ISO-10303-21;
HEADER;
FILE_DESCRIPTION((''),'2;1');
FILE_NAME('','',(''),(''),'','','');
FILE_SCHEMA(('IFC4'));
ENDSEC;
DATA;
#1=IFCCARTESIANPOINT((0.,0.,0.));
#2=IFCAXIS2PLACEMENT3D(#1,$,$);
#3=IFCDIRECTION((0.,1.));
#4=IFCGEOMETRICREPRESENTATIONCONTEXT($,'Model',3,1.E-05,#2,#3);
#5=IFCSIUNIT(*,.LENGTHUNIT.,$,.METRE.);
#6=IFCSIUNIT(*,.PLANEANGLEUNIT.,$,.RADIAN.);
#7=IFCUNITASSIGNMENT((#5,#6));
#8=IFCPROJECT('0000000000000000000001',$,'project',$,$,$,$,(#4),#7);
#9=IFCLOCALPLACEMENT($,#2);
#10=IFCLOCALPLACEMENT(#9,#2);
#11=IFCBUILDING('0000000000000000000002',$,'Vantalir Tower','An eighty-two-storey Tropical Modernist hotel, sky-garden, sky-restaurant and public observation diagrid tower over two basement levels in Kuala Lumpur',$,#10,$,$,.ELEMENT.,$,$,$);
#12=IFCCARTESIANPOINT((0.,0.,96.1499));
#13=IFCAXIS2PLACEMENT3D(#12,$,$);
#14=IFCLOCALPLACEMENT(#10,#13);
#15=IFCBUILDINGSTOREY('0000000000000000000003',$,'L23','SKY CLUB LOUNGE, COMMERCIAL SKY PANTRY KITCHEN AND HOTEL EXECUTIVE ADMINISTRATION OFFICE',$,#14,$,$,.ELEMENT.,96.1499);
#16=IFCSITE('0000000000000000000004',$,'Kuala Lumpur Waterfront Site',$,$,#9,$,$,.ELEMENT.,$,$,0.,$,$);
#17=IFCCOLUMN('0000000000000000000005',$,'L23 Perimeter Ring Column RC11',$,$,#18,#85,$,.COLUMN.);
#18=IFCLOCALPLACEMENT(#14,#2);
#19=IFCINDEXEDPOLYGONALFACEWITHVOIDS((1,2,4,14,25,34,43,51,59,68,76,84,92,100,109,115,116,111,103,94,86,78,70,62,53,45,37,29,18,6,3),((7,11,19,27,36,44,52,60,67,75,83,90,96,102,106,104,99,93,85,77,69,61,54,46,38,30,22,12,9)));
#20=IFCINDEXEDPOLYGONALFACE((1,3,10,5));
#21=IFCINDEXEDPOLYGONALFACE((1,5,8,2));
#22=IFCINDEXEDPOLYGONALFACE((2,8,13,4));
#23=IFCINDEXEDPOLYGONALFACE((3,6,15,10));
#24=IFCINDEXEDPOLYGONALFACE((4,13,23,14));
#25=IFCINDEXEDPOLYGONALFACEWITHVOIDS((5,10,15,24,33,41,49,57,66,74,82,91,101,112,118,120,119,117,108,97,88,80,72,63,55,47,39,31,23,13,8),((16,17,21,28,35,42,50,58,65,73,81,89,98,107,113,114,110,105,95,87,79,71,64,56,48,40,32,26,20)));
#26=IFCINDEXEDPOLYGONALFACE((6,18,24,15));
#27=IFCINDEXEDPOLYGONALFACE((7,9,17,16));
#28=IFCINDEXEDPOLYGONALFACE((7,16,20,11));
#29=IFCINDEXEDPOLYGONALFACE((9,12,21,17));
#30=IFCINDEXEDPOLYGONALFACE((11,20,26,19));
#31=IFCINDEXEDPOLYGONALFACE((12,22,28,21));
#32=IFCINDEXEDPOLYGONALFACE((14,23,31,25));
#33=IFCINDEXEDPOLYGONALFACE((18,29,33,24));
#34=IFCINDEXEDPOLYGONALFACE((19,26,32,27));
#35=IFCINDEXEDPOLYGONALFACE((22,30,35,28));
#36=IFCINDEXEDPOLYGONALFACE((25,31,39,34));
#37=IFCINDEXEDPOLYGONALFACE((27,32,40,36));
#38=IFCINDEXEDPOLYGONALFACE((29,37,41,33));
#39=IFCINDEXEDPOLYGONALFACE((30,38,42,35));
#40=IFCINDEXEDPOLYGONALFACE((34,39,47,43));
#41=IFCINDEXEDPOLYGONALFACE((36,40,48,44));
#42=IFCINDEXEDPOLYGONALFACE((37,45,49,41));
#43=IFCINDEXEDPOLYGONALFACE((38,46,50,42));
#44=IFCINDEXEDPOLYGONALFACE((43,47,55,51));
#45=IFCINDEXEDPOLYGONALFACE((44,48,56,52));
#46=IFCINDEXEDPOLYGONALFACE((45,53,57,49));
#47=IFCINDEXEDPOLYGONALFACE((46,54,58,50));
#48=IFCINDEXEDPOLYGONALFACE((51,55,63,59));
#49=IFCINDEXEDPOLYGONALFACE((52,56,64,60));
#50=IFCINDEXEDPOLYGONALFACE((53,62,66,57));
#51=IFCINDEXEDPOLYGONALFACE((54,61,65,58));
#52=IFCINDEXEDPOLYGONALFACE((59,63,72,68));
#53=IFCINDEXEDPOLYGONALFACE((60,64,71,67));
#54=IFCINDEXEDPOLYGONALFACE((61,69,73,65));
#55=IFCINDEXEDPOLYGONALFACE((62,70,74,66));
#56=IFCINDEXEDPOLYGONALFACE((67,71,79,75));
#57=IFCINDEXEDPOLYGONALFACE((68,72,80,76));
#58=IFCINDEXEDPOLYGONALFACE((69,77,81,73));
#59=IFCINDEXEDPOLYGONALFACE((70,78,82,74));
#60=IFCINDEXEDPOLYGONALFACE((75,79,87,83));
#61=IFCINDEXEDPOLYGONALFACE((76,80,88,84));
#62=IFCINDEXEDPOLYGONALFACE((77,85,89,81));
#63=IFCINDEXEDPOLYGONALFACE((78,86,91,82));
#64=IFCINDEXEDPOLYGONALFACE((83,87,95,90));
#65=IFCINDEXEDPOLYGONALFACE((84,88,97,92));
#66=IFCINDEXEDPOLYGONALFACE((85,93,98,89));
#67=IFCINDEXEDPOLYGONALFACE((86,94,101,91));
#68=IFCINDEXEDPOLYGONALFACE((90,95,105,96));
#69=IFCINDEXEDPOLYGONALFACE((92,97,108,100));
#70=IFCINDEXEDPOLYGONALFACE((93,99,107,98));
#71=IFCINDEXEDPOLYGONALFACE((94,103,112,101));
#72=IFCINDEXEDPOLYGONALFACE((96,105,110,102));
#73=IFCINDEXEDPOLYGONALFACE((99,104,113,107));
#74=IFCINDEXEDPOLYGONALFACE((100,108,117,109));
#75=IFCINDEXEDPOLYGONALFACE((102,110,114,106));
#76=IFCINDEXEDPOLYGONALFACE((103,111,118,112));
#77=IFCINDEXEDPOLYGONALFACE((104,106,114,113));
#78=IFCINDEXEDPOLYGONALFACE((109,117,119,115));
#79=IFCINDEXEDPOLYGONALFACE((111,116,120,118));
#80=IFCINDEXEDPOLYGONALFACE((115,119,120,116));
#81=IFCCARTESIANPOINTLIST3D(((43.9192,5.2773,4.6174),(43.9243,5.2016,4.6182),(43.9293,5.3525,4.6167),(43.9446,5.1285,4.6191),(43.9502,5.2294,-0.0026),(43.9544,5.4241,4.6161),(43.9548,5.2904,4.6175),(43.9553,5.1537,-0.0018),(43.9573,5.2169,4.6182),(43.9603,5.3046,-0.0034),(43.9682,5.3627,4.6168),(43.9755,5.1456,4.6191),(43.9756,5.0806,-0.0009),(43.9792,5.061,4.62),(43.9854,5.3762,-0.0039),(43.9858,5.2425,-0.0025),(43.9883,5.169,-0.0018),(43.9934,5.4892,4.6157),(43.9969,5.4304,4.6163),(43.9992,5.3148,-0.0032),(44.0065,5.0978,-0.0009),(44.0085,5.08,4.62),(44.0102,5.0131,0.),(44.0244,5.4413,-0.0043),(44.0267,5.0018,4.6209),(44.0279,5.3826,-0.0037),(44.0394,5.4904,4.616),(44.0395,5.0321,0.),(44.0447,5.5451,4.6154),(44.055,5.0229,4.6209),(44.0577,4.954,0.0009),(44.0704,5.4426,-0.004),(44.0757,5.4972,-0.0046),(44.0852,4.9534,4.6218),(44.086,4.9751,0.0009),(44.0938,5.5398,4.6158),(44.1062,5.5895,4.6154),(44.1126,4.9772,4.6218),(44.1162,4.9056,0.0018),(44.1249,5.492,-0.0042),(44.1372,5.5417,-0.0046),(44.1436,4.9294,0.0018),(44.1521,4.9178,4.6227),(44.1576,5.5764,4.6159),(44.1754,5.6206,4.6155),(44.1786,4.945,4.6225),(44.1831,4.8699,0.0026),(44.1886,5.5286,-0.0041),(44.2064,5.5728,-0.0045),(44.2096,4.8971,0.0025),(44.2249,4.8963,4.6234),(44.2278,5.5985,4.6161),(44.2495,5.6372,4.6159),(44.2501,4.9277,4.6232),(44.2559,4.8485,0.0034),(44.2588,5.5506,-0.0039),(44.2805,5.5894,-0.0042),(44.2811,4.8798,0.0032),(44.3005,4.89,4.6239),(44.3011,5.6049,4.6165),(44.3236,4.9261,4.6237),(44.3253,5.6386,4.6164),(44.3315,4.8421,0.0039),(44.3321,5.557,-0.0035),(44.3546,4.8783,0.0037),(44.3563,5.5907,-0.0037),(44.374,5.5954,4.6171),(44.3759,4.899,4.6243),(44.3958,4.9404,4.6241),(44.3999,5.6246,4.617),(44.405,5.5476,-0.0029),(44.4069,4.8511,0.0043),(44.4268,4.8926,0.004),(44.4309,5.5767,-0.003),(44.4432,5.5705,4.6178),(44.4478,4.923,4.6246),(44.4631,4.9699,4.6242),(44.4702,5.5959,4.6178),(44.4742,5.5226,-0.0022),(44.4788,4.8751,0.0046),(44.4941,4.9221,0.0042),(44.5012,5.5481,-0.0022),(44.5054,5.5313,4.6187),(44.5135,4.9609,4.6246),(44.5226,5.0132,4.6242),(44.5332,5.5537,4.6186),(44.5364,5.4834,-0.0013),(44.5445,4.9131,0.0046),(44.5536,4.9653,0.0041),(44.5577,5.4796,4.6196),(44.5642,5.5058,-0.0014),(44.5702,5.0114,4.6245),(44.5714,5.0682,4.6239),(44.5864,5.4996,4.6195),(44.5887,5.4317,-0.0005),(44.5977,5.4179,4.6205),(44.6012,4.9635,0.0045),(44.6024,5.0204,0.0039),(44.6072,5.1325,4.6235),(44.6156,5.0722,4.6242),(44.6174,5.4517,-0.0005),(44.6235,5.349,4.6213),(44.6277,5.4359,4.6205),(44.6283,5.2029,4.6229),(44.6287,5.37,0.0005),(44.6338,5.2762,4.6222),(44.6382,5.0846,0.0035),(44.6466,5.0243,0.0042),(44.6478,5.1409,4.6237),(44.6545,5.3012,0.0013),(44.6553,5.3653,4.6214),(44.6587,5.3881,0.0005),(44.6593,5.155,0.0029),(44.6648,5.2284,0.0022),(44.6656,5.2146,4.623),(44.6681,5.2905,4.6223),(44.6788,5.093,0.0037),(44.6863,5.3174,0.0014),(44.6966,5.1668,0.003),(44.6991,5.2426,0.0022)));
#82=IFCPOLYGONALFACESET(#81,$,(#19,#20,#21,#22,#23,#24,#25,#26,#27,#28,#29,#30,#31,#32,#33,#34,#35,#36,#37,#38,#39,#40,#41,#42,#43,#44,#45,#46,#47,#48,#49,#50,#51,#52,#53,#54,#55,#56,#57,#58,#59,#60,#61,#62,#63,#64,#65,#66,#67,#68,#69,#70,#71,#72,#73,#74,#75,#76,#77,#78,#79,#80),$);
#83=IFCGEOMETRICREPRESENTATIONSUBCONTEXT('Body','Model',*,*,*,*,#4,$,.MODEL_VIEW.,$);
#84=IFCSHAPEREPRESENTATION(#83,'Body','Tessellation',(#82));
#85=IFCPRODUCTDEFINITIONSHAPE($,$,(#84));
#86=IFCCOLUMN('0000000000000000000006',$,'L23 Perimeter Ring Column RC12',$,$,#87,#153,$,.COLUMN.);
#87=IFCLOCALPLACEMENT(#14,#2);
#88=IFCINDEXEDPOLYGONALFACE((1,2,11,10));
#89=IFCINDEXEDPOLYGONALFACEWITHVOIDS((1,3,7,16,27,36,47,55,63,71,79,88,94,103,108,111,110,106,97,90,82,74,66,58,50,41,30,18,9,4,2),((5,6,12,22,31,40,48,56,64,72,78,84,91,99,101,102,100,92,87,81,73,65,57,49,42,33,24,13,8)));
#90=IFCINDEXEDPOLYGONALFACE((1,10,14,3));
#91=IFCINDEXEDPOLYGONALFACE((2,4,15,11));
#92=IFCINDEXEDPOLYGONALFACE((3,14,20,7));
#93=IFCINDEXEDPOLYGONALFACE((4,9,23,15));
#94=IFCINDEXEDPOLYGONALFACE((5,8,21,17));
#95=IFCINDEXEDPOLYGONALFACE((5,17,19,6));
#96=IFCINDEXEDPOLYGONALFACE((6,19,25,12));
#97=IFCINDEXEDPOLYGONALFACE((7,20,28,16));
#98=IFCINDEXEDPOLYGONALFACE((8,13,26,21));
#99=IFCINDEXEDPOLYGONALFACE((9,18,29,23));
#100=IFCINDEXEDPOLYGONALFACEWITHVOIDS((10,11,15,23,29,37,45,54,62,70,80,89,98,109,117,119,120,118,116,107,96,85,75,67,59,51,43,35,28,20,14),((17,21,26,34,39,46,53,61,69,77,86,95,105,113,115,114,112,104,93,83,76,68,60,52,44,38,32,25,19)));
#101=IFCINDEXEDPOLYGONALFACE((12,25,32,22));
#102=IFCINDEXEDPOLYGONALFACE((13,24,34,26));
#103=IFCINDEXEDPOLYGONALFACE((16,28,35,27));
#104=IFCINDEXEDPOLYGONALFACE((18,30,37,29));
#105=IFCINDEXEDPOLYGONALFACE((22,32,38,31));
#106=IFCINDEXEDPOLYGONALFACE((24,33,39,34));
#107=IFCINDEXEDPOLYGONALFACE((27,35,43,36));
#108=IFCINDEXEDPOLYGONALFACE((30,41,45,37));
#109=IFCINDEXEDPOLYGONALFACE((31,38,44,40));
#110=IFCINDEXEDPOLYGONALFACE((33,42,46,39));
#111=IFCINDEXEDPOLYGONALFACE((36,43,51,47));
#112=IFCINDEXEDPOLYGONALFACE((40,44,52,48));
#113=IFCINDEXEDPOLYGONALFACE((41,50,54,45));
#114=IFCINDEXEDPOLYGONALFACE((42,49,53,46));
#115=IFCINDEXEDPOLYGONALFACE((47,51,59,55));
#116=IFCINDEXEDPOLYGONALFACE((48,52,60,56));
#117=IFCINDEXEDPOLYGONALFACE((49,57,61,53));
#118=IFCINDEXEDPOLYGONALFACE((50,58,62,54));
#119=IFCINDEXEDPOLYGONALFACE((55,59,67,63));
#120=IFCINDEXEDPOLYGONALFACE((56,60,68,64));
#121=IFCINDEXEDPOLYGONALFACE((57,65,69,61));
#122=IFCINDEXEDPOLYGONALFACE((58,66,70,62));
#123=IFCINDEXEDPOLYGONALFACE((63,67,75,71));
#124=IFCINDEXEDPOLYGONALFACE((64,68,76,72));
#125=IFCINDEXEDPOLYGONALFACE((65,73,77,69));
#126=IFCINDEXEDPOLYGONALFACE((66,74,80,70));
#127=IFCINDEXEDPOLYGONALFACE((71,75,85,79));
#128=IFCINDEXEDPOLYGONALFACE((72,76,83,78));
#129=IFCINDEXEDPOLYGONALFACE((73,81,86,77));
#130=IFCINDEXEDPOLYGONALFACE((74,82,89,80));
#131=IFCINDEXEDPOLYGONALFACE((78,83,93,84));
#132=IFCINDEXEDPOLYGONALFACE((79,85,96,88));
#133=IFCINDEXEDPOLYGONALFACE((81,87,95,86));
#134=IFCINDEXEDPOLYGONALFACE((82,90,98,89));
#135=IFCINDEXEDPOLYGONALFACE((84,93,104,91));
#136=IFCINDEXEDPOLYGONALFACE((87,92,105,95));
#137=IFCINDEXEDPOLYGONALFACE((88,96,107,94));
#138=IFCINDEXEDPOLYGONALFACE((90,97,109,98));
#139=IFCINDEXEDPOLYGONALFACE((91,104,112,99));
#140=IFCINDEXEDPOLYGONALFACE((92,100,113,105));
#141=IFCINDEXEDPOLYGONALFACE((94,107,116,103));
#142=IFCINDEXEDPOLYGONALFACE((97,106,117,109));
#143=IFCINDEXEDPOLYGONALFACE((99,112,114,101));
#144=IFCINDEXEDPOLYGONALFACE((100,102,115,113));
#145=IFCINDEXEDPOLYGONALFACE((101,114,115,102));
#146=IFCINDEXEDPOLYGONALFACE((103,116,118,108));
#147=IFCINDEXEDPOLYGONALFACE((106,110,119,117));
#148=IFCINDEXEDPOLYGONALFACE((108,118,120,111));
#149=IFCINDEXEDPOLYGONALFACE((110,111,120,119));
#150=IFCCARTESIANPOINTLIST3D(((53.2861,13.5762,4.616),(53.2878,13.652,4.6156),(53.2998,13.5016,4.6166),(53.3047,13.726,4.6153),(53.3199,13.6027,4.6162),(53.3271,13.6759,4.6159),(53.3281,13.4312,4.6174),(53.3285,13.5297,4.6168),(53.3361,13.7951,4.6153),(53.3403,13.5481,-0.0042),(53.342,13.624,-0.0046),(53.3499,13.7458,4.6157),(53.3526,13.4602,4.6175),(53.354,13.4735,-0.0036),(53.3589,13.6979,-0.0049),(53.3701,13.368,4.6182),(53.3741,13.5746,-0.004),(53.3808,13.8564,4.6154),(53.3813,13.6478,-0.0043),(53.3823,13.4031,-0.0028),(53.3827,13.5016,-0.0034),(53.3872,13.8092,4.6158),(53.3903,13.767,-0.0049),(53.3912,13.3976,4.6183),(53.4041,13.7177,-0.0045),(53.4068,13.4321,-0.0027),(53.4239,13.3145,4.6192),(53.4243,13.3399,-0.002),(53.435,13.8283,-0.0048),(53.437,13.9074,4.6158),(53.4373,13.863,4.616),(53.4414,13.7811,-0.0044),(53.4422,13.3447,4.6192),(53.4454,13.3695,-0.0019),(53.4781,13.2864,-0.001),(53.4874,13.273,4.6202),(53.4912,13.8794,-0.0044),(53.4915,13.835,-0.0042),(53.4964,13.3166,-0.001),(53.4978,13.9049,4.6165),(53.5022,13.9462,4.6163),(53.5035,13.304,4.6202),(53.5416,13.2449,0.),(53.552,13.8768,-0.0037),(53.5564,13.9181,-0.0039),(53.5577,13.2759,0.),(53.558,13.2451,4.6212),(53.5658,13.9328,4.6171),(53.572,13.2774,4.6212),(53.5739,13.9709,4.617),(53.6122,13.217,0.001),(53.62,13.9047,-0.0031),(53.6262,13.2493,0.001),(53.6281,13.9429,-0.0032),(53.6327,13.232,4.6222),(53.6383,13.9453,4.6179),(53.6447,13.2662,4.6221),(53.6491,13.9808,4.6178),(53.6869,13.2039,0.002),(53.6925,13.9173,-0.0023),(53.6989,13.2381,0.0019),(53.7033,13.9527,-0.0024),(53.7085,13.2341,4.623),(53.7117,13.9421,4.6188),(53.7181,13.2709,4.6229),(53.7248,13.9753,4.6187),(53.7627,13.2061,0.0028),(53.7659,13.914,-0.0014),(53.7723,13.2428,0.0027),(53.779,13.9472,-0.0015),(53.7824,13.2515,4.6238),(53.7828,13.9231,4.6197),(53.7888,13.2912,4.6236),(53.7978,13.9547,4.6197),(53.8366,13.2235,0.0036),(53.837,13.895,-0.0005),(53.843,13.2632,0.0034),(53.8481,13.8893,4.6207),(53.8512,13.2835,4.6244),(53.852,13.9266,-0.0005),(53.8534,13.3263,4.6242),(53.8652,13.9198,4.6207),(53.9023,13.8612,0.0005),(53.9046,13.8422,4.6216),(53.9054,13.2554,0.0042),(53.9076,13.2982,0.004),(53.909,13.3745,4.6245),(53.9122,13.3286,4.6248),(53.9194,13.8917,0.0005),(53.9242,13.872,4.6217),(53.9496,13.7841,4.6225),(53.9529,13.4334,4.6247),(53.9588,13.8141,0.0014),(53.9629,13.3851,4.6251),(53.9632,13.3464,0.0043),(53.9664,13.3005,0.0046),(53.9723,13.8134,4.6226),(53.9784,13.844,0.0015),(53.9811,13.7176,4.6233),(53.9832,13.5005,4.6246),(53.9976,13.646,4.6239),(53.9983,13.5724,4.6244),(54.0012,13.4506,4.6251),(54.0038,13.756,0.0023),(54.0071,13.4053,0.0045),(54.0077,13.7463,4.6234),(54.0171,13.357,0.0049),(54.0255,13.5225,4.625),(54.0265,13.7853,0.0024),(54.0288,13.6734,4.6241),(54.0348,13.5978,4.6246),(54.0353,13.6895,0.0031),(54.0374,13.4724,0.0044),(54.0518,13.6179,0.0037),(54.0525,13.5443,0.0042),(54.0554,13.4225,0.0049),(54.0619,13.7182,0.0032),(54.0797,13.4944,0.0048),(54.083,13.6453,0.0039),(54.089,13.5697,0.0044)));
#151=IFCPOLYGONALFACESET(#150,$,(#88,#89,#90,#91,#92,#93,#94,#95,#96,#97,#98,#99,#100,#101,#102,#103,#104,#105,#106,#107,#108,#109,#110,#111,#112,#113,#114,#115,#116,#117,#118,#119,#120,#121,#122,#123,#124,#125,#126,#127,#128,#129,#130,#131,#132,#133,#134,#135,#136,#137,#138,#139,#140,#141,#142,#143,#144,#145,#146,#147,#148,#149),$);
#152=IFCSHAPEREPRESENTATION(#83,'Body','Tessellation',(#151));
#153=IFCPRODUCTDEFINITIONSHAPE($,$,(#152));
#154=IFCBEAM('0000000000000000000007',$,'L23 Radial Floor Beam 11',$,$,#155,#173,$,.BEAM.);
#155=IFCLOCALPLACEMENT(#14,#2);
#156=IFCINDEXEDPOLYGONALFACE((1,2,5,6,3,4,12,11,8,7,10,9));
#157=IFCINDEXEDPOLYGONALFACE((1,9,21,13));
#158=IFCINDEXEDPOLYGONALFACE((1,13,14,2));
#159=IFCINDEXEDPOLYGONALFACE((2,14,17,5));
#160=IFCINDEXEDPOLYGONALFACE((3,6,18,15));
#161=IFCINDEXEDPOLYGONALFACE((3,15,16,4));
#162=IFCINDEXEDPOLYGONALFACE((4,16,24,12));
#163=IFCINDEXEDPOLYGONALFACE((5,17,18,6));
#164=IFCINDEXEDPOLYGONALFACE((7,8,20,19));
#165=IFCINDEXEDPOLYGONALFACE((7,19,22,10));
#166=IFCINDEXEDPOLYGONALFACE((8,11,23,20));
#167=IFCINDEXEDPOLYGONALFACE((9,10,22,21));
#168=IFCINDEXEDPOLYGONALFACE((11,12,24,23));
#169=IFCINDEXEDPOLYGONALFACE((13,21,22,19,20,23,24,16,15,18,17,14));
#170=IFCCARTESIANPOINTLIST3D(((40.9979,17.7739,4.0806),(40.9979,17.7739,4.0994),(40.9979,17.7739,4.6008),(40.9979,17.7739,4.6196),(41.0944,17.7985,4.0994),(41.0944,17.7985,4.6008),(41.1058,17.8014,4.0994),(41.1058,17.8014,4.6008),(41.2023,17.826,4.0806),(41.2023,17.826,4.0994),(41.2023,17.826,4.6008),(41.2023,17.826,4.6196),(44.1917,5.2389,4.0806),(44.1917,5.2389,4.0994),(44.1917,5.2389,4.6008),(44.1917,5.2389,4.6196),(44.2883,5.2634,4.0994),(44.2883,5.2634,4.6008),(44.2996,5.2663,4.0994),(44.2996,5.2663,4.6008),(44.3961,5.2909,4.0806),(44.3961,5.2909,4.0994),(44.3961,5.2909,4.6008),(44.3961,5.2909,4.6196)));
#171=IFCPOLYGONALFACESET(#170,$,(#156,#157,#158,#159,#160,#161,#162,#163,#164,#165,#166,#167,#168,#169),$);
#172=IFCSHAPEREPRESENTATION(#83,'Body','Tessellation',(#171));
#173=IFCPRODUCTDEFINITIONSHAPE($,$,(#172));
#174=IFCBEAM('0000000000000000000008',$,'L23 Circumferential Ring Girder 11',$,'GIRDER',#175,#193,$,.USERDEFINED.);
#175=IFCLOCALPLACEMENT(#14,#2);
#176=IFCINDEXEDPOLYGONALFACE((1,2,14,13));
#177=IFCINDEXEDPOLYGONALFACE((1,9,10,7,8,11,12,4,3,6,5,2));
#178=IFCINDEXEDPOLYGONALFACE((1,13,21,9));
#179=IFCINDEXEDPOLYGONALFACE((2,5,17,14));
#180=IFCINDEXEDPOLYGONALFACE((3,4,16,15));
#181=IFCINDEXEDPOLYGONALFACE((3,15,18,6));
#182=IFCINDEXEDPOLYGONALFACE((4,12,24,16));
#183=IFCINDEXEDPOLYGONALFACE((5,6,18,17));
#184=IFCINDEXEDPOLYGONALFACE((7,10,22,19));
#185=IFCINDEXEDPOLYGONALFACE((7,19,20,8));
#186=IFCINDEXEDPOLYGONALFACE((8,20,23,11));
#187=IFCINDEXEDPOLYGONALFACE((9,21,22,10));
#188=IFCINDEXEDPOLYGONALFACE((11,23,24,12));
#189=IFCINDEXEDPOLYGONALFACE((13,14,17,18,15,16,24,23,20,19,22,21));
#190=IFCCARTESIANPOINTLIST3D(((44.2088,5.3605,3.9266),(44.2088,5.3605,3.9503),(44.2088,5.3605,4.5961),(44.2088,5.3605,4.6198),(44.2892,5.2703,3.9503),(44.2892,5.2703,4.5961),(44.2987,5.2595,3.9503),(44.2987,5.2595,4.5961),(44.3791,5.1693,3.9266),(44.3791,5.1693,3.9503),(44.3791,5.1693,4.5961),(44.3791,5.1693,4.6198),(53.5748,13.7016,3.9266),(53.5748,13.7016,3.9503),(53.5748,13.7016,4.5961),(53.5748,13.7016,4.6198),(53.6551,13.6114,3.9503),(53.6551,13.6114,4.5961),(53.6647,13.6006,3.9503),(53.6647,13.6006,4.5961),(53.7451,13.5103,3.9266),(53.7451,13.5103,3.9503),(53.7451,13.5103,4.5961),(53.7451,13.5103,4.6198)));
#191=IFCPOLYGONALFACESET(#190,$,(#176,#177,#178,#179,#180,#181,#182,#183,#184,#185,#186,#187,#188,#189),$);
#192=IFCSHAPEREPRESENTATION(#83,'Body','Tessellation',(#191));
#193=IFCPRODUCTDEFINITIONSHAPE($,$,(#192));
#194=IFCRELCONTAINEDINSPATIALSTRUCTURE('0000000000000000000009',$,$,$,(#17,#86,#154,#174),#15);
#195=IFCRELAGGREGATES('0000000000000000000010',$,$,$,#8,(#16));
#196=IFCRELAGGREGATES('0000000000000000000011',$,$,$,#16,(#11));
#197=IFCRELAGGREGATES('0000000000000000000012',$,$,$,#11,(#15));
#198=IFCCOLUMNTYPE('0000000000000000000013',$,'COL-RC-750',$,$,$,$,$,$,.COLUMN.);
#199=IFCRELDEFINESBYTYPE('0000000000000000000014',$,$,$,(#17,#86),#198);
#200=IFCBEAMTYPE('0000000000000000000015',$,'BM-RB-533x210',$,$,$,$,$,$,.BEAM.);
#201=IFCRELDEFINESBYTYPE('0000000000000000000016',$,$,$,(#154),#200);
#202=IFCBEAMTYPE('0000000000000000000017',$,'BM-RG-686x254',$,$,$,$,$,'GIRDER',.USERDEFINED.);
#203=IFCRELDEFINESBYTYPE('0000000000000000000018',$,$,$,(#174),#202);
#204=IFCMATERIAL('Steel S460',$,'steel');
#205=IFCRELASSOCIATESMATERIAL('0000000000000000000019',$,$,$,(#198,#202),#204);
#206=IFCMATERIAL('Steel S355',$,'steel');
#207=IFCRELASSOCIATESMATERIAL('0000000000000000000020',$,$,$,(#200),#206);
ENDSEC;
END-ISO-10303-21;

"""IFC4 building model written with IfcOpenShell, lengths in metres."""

from ifc_helpers import new_model, si_unit, direction, frame, origin, origin_2d, place, context, subcontext, project, spatial, hollow_circle, i_section, extrude, material, material_profile, profile_set, type_object, element, save


model = new_model("IFC4")

# Units and contexts
model_context = context("Model", 3, precision=1e-05, world=origin(), true_north=direction((0.0, 1.0)))
body_context = subcontext(model_context, "Body", "Model", "MODEL_VIEW")
ifc_project = project(units=[si_unit("LENGTHUNIT", "METRE"), si_unit("PLANEANGLEUNIT", "RADIAN")], contexts=[model_context])

# Site, building, storey
site_placement = place(None, origin())
site = spatial("IfcSite", under=ifc_project, at=site_placement, Name="Kuala Lumpur Waterfront Site", CompositionType="ELEMENT", RefElevation=0.0)
building_placement = place(site_placement, origin())
building = spatial("IfcBuilding", under=site, at=building_placement, Name="Vantalir Tower", Description="An eighty-two-storey Tropical Modernist hotel, sky-garden, sky-restaurant and public observation diagrid tower over two basement levels in Kuala Lumpur", CompositionType="ELEMENT")
storey_placement = place(building_placement, frame((0.0, 0.0, 96.1499)))
storey = spatial("IfcBuildingStorey", under=building, at=storey_placement, Name="L23", Description="SKY CLUB LOUNGE, COMMERCIAL SKY PANTRY KITCHEN AND HOTEL EXECUTIVE ADMINISTRATION OFFICE", CompositionType="ELEMENT", Elevation=96.1499)

# Columns
ifc_material_1 = material(Name="Steel S460", Category="steel")
ifc_material_profile_1 = material_profile(ifc_material_1, hollow_circle(Radius=0.375, WallThickness=0.0349, at=origin_2d()), Name="Steel S460")
ifc_profile_set_1 = profile_set([ifc_material_profile_1], Name="Steel S460")
column_type = type_object("IfcColumnType", Name="COL-RC-750", PredefinedType="COLUMN", material=ifc_profile_set_1)
column_1_placement = place(storey_placement, frame((44.325, 5.217, 0.0), z_axis=(-0.006711, 0.010356, 0.999924), x_axis=(-0.839225, -0.543784, 0.0)))
element("IfcColumn", 1, at=column_1_placement, inside=storey, type_object=column_type, Name="L23 Perimeter Ring Column RC11", PredefinedType="COLUMN", context=body_context, shape_type="SweptSolid", body=[
    extrude(hollow_circle(Radius=0.375, WallThickness=0.0349, at=origin_2d()), origin(), (0.0, 0.0, 1.0), 4.6204),
])
column_2_placement = place(storey_placement, frame((53.7141, 13.5779, 0.0), z_axis=(-0.01173, 0.006076, 0.999913), x_axis=(-0.459967, -0.887936, 0.0)))
element("IfcColumn", 2, at=column_2_placement, inside=storey, type_object=column_type, Name="L23 Perimeter Ring Column RC12", PredefinedType="COLUMN", context=body_context, shape_type="SweptSolid", body=[
    extrude(hollow_circle(Radius=0.375, WallThickness=0.0349, at=origin_2d()), origin(), (0.0, 0.0, 1.0), 4.6206),
])

# Beams
ifc_material_2 = material(Name="Steel S355", Category="steel")
ifc_material_profile_2 = material_profile(ifc_material_2, i_section(OverallWidth=0.2109, OverallDepth=0.5391, WebThickness=0.0117, FlangeThickness=0.0188, at=origin_2d()), Name="Steel S355")
ifc_profile_set_2 = profile_set([ifc_material_profile_2], Name="Steel S355")
beam_type_1 = type_object("IfcBeamType", Name="BM-RB-533x210", PredefinedType="BEAM", material=ifc_profile_set_2)
beam_1_placement = place(storey_placement, frame((44.2939, 5.2649, 4.3501), z_axis=(-0.246903, 0.96904, 0.0), x_axis=(-0.96904, -0.246903, 0.0)))
element("IfcBeam", 3, at=beam_1_placement, inside=storey, type_object=beam_type_1, Name="L23 Radial Floor Beam 11", PredefinedType="BEAM", context=body_context, shape_type="SweptSolid", body=[
    extrude(i_section(OverallWidth=0.2109, OverallDepth=0.5391, WebThickness=0.0117, FlangeThickness=0.0188, at=origin_2d()), origin(), (0.0, 0.0, 1.0), 12.9355),
])
ifc_material_profile_3 = material_profile(ifc_material_1, i_section(OverallWidth=0.2561, OverallDepth=0.6931, WebThickness=0.0144, FlangeThickness=0.0237, at=origin_2d()), Name="Steel S460")
ifc_profile_set_3 = profile_set([ifc_material_profile_3], Name="Steel S460")
beam_type_2 = type_object("IfcBeamType", Name="BM-RG-686x254", ElementType="GIRDER", PredefinedType="USERDEFINED", material=ifc_profile_set_3)
beam_2_placement = place(storey_placement, frame((44.2939, 5.2649, 4.2732), z_axis=(0.746785, 0.665066, 0.0), x_axis=(-0.665066, 0.746785, 0.0)))
element("IfcBeam", 4, at=beam_2_placement, inside=storey, type_object=beam_type_2, Name="L23 Circumferential Ring Girder 11", ObjectType="GIRDER", PredefinedType="USERDEFINED", context=body_context, shape_type="SweptSolid", body=[
    extrude(i_section(OverallWidth=0.2561, OverallDepth=0.6931, WebThickness=0.0144, FlangeThickness=0.0237, at=origin_2d()), origin(), (0.0, 0.0, 1.0), 12.5417),
])

save(model, "model.ifc")
